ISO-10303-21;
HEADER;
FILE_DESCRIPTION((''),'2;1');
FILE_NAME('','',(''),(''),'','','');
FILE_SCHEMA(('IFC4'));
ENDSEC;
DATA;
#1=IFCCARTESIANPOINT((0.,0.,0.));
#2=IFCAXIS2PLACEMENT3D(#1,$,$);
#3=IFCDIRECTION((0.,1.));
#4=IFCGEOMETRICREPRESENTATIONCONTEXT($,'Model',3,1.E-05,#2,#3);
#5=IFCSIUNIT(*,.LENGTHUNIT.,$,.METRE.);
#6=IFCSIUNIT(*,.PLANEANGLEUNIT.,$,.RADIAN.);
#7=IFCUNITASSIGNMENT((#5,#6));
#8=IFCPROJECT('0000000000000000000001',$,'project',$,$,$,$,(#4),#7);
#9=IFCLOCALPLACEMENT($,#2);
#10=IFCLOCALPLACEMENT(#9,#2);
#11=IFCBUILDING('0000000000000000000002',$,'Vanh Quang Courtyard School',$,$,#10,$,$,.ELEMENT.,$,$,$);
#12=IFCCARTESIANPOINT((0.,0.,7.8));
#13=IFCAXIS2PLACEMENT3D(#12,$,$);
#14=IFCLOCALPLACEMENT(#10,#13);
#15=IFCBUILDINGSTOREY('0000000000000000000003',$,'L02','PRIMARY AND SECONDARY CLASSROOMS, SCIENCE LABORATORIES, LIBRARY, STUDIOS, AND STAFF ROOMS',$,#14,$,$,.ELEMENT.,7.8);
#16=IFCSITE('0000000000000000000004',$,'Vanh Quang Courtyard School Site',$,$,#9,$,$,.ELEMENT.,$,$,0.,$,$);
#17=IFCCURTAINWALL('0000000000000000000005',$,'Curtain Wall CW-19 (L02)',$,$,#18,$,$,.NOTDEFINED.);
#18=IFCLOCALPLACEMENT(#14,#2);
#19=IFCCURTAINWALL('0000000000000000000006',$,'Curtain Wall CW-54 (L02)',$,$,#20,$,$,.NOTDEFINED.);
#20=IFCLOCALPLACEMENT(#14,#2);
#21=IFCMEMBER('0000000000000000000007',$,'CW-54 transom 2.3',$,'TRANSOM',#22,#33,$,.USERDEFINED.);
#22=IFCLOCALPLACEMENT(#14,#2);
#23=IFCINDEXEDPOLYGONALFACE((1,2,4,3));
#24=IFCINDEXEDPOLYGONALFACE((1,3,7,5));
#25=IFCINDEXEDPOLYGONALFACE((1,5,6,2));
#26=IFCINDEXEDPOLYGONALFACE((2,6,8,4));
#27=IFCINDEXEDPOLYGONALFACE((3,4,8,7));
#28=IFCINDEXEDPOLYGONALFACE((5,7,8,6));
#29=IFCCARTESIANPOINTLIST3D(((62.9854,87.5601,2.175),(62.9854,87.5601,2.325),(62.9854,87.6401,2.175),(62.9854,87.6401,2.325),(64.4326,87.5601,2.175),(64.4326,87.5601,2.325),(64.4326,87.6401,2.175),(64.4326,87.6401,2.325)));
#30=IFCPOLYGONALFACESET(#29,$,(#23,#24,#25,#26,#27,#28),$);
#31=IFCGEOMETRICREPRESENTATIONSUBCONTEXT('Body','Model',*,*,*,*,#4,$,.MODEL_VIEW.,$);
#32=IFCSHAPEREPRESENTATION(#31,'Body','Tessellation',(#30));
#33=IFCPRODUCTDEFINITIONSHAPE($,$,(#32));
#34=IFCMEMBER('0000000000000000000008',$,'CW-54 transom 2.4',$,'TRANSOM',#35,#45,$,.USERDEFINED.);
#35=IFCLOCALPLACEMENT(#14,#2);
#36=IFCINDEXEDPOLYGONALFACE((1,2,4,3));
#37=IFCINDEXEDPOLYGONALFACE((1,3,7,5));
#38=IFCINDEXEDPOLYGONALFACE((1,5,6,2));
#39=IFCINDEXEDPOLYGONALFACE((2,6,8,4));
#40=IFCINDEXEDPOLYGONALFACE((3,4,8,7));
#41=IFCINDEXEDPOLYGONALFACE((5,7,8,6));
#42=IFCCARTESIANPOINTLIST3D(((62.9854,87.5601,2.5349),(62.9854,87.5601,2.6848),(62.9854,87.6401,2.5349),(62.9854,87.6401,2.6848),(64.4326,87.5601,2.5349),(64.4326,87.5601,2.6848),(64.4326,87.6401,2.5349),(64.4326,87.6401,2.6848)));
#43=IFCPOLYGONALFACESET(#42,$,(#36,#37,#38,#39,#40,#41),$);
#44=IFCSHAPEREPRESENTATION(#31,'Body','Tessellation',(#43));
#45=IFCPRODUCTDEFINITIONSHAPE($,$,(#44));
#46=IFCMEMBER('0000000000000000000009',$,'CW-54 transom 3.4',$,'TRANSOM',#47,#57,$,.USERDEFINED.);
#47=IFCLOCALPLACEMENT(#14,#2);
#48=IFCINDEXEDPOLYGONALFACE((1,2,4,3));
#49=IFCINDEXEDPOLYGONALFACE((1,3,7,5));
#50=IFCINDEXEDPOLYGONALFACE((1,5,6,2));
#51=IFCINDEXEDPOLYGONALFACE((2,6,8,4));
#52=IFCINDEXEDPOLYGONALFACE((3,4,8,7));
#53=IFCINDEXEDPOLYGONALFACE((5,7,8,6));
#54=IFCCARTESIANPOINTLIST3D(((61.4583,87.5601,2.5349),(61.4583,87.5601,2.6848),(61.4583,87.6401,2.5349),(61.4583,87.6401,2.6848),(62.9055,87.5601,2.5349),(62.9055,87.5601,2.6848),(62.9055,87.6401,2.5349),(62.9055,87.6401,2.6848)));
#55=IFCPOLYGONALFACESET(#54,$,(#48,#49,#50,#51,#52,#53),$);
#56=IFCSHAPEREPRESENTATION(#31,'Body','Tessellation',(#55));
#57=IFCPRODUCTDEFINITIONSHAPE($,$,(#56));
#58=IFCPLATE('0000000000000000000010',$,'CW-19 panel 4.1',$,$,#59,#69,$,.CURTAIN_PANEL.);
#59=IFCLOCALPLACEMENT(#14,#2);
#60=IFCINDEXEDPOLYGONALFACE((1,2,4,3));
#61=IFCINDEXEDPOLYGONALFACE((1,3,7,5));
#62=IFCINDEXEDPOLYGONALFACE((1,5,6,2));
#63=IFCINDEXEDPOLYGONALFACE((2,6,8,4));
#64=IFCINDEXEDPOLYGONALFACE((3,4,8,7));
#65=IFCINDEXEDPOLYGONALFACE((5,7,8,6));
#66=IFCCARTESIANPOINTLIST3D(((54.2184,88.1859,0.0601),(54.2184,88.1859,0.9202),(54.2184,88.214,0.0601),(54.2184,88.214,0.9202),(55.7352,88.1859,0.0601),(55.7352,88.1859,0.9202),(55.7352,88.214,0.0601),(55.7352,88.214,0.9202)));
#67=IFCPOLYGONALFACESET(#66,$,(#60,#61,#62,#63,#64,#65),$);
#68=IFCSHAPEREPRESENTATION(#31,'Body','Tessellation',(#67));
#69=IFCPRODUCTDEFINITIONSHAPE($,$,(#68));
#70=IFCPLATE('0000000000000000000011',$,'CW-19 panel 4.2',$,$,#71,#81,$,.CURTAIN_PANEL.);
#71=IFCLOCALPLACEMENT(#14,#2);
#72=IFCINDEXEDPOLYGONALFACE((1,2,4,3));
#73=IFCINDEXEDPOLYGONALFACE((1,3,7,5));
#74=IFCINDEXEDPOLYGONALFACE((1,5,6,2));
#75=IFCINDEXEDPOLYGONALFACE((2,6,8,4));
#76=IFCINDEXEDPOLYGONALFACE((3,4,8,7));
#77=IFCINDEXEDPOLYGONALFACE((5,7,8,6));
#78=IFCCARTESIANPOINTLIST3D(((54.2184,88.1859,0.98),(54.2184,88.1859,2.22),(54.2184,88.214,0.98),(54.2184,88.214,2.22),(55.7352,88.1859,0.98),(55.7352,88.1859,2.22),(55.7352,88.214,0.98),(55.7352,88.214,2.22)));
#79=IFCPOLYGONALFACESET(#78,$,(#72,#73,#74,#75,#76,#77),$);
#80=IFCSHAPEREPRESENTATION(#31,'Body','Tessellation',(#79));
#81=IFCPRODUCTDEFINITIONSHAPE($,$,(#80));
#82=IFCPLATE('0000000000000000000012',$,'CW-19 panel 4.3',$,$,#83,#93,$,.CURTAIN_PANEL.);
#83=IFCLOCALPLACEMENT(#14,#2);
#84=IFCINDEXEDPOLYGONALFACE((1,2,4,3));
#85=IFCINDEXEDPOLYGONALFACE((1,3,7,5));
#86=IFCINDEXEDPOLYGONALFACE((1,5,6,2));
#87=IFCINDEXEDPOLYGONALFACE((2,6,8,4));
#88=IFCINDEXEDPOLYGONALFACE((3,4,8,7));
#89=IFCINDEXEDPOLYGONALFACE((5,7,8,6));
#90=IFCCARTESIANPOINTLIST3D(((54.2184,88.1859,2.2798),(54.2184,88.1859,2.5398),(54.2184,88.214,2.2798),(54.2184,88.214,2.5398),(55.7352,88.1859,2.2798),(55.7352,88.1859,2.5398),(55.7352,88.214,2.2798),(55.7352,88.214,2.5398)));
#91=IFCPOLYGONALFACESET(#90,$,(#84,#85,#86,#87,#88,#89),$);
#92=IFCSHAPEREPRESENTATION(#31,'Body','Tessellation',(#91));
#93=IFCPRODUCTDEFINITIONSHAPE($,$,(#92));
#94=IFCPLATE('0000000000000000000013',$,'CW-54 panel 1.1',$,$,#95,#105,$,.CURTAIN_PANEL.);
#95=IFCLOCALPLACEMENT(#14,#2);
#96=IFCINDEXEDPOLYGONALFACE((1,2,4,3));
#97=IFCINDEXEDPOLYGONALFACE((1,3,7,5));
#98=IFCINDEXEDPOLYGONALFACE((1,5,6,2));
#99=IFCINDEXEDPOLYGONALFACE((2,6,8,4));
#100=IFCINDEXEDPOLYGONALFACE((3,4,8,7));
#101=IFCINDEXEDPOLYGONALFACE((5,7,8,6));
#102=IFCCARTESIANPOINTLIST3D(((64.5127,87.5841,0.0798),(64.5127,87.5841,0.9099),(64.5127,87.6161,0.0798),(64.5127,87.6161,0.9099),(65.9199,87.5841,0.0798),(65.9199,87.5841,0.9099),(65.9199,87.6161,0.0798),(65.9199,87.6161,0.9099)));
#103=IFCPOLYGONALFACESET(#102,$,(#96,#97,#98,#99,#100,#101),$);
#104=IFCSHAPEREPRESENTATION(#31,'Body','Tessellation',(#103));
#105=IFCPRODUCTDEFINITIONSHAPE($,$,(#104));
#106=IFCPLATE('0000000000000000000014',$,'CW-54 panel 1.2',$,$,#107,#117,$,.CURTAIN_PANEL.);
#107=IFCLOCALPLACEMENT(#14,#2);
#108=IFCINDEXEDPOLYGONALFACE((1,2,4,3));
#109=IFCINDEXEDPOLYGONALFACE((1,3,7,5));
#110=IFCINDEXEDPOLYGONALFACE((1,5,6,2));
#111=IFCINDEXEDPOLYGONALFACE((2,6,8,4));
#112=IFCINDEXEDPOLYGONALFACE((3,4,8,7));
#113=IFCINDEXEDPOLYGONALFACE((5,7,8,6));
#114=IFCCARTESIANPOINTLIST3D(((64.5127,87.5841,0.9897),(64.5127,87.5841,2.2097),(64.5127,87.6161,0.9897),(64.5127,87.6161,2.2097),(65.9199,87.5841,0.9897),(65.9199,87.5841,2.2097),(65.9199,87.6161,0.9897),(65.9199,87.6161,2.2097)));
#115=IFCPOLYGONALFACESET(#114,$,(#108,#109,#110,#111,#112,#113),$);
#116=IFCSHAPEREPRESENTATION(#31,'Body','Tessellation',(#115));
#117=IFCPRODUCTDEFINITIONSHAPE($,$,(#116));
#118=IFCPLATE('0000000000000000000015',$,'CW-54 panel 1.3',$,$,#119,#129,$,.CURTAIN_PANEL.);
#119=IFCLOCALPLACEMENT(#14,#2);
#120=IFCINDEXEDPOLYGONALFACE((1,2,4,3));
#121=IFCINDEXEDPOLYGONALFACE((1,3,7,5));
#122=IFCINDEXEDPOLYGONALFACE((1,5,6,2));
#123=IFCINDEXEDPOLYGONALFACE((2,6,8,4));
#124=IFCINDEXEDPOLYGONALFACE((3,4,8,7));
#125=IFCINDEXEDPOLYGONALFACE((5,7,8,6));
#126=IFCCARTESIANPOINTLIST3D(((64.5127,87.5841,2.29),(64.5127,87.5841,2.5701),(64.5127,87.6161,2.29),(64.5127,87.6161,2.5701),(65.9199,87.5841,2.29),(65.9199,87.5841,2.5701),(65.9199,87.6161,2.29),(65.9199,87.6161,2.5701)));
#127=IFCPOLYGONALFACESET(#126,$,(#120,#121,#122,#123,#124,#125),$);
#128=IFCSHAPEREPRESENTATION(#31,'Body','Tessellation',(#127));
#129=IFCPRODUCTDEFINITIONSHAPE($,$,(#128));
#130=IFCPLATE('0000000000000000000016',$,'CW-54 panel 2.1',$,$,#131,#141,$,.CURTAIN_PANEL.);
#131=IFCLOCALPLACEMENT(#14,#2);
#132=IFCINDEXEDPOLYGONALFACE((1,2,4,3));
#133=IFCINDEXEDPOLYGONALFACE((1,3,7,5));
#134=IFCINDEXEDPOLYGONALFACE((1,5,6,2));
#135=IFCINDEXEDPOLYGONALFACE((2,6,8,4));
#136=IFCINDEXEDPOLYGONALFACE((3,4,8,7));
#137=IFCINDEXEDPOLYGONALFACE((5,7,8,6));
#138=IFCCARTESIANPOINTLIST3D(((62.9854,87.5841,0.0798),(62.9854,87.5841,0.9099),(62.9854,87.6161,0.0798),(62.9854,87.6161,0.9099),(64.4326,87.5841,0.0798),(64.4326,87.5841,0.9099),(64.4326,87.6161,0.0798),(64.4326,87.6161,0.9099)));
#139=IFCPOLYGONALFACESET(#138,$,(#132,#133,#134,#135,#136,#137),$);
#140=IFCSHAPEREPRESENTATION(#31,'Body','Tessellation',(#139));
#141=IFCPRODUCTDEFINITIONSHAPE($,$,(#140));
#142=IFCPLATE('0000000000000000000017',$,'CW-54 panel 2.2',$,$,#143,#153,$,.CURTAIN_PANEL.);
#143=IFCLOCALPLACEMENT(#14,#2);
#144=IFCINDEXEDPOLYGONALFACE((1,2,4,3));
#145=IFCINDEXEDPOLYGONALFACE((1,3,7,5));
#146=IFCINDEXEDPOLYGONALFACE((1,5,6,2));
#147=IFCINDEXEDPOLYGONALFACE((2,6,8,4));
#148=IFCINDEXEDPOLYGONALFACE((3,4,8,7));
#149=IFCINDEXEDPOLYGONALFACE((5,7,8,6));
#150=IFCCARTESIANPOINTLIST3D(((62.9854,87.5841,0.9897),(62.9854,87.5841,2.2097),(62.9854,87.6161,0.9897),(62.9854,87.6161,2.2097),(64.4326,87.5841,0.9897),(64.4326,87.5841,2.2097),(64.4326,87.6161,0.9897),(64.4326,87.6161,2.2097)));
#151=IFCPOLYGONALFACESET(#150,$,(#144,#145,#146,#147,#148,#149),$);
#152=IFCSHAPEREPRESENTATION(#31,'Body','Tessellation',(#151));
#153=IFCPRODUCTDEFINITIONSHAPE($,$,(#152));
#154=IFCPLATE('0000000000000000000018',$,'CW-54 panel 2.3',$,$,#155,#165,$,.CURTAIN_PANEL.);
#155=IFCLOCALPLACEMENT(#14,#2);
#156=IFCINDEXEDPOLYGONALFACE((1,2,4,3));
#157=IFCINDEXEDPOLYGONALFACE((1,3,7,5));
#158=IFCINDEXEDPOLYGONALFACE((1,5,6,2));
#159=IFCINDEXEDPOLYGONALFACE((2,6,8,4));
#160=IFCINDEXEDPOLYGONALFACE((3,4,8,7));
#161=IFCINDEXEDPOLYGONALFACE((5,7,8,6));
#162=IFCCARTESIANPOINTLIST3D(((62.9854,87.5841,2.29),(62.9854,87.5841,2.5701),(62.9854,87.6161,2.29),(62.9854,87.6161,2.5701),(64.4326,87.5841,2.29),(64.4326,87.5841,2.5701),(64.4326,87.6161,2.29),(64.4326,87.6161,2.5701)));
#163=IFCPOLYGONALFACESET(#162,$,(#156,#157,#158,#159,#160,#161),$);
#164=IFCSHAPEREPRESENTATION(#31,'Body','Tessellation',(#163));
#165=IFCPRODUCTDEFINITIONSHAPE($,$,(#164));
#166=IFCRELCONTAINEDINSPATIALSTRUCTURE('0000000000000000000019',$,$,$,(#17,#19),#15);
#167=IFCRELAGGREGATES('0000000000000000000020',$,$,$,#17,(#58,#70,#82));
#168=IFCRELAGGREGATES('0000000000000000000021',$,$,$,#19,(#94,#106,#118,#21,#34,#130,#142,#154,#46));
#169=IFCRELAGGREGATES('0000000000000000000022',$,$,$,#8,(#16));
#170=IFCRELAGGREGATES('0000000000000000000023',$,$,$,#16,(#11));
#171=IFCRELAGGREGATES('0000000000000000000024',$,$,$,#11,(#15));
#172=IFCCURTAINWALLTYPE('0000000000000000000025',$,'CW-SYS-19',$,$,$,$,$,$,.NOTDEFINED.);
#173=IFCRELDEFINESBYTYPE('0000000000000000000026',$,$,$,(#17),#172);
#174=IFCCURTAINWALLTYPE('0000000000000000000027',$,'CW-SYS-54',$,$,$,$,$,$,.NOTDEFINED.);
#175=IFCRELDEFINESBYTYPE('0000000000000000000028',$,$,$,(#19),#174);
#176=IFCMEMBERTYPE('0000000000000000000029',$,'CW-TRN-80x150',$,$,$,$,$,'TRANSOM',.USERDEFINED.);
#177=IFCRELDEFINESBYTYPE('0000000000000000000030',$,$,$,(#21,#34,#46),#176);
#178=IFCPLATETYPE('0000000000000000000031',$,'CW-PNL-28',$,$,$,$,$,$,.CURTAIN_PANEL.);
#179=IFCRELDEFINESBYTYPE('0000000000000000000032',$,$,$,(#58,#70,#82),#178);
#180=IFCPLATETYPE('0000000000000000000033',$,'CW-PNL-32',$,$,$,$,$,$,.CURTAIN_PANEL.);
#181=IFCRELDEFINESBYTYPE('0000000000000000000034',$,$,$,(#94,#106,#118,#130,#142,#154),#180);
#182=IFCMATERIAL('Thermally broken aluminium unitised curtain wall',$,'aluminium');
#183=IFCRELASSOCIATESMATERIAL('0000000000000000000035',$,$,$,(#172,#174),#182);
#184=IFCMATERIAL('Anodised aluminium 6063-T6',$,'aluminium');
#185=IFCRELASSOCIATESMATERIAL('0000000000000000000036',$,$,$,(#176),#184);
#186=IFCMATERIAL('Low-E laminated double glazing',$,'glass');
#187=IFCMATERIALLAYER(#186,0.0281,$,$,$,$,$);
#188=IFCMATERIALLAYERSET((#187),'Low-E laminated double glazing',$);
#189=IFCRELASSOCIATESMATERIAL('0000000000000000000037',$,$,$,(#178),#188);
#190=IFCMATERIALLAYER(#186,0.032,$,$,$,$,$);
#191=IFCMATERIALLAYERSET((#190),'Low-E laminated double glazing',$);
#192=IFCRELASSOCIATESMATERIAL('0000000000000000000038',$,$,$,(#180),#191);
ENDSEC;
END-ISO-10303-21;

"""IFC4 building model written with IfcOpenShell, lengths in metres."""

from ifc_helpers import new_model, si_unit, direction, frame, origin, origin_2d, place, context, subcontext, project, spatial, rectangle, extrude, material, layer, layer_set, material_profile, profile_set, type_object, element, aggregate, save


model = new_model("IFC4")

# Units and contexts
model_context = context("Model", 3, precision=1e-05, world=origin(), true_north=direction((0.0, 1.0)))
body_context = subcontext(model_context, "Body", "Model", "MODEL_VIEW")
ifc_project = project(units=[si_unit("LENGTHUNIT", "METRE"), si_unit("PLANEANGLEUNIT", "RADIAN")], contexts=[model_context])

# Site, building, storey
site_placement = place(None, origin())
site = spatial("IfcSite", under=ifc_project, at=site_placement, Name="Vanh Quang Courtyard School Site", CompositionType="ELEMENT", RefElevation=0.0)
building_placement = place(site_placement, origin())
building = spatial("IfcBuilding", under=site, at=building_placement, Name="Vanh Quang Courtyard School", CompositionType="ELEMENT")
storey_placement = place(building_placement, frame((0.0, 0.0, 7.8)))
storey = spatial("IfcBuildingStorey", under=building, at=storey_placement, Name="L02", Description="PRIMARY AND SECONDARY CLASSROOMS, SCIENCE LABORATORIES, LIBRARY, STUDIOS, AND STAFF ROOMS", CompositionType="ELEMENT", Elevation=7.8)

# Curtain wall
ifc_material_1 = material(Name="Thermally broken aluminium unitised curtain wall", Category="aluminium")
curtain_wall_type_1 = type_object("IfcCurtainWallType", Name="CW-SYS-19", PredefinedType="NOTDEFINED", material=ifc_material_1)
curtain_wall_1_placement = place(storey_placement, origin())
curtain_wall_1 = element("IfcCurtainWall", 1, at=curtain_wall_1_placement, inside=storey, type_object=curtain_wall_type_1, Name="Curtain Wall CW-19 (L02)", PredefinedType="NOTDEFINED")
ifc_material_2 = material(Name="Anodised aluminium 6063-T6", Category="aluminium")

# Curtain wall
curtain_wall_type_2 = type_object("IfcCurtainWallType", Name="CW-SYS-54", PredefinedType="NOTDEFINED", material=ifc_material_1)
curtain_wall_2_placement = place(storey_placement, origin())
curtain_wall_2 = element("IfcCurtainWall", 2, at=curtain_wall_2_placement, inside=storey, type_object=curtain_wall_type_2, Name="Curtain Wall CW-54 (L02)", PredefinedType="NOTDEFINED")

# Members
ifc_material_profile_1 = material_profile(ifc_material_2, rectangle(XDim=0.0801, YDim=0.1499, at=origin_2d()), Name="ALU-TRN 80x150")
ifc_profile_set_1 = profile_set([ifc_material_profile_1], Name="Anodised aluminium 6063-T6")
member_type_1 = type_object("IfcMemberType", Name="CW-TRN-80x150", ElementType="TRANSOM", PredefinedType="USERDEFINED", material=ifc_profile_set_1)
member_1_placement = place(storey_placement, frame((64.4326, 87.6001, 2.25), z_axis=(-1.0, 0.0, 0.0), x_axis=(0.0, -1.0, 0.0)))
member_1 = element("IfcMember", 3, at=member_1_placement, type_object=member_type_1, Name="CW-54 transom 2.3", ObjectType="TRANSOM", PredefinedType="USERDEFINED", context=body_context, shape_type="SweptSolid", body=[
    extrude(rectangle(XDim=0.0801, YDim=0.1499, at=origin_2d()), origin(), (0.0, 0.0, 1.0), 1.4473),
])
member_2_placement = place(storey_placement, frame((64.4326, 87.6001, 2.6099), z_axis=(-1.0, 0.0, 0.0), x_axis=(0.0, -1.0, 0.0)))
member_2 = element("IfcMember", 4, at=member_2_placement, type_object=member_type_1, Name="CW-54 transom 2.4", ObjectType="TRANSOM", PredefinedType="USERDEFINED", context=body_context, shape_type="SweptSolid", body=[
    extrude(rectangle(XDim=0.0801, YDim=0.1499, at=origin_2d()), origin(), (0.0, 0.0, 1.0), 1.4473),
])
member_3_placement = place(storey_placement, frame((62.9055, 87.6001, 2.6099), z_axis=(-1.0, 0.0, 0.0), x_axis=(0.0, -1.0, 0.0)))
member_3 = element("IfcMember", 5, at=member_3_placement, type_object=member_type_1, Name="CW-54 transom 3.4", ObjectType="TRANSOM", PredefinedType="USERDEFINED", context=body_context, shape_type="SweptSolid", body=[
    extrude(rectangle(XDim=0.0801, YDim=0.1499, at=origin_2d()), origin(), (0.0, 0.0, 1.0), 1.4473),
])

# Plates
ifc_material_3 = material(Name="Low-E laminated double glazing", Category="glass")
ifc_layer_1 = layer(ifc_material_3, 0.0281)
ifc_layer_set_1 = layer_set([ifc_layer_1], Name="Low-E laminated double glazing")
plate_type_1 = type_object("IfcPlateType", Name="CW-PNL-28", PredefinedType="CURTAIN_PANEL", material=ifc_layer_set_1)
plate_1_placement = place(storey_placement, frame((54.9768, 88.2, 0.0601), z_axis=(0.0, 0.0, 1.0), x_axis=(1.0, 0.0, 0.0)))
plate_1 = element("IfcPlate", 6, at=plate_1_placement, type_object=plate_type_1, Name="CW-19 panel 4.1", PredefinedType="CURTAIN_PANEL", context=body_context, shape_type="SweptSolid", body=[
    extrude(rectangle(XDim=1.5168, YDim=0.0281, at=origin_2d()), origin(), (0.0, 0.0, 1.0), 0.8601),
])
plate_2_placement = place(storey_placement, frame((54.9768, 88.2, 0.98), z_axis=(0.0, 0.0, 1.0), x_axis=(1.0, 0.0, 0.0)))
plate_2 = element("IfcPlate", 7, at=plate_2_placement, type_object=plate_type_1, Name="CW-19 panel 4.2", PredefinedType="CURTAIN_PANEL", context=body_context, shape_type="SweptSolid", body=[
    extrude(rectangle(XDim=1.5168, YDim=0.0281, at=origin_2d()), origin(), (0.0, 0.0, 1.0), 1.24),
])
plate_3_placement = place(storey_placement, frame((54.9768, 88.2, 2.2798), z_axis=(0.0, 0.0, 1.0), x_axis=(1.0, 0.0, 0.0)))
plate_3 = element("IfcPlate", 8, at=plate_3_placement, type_object=plate_type_1, Name="CW-19 panel 4.3", PredefinedType="CURTAIN_PANEL", context=body_context, shape_type="SweptSolid", body=[
    extrude(rectangle(XDim=1.5168, YDim=0.0281, at=origin_2d()), origin(), (0.0, 0.0, 1.0), 0.26),
])
aggregate(curtain_wall_1, [plate_1, plate_2, plate_3])
ifc_layer_2 = layer(ifc_material_3, 0.032)
ifc_layer_set_2 = layer_set([ifc_layer_2], Name="Low-E laminated double glazing")
plate_type_2 = type_object("IfcPlateType", Name="CW-PNL-32", PredefinedType="CURTAIN_PANEL", material=ifc_layer_set_2)
plate_4_placement = place(storey_placement, frame((65.2163, 87.6001, 0.0798), z_axis=(0.0, 0.0, 1.0), x_axis=(-1.0, 0.0, 0.0)))
plate_4 = element("IfcPlate", 9, at=plate_4_placement, type_object=plate_type_2, Name="CW-54 panel 1.1", PredefinedType="CURTAIN_PANEL", context=body_context, shape_type="SweptSolid", body=[
    extrude(rectangle(XDim=1.4072, YDim=0.032, at=origin_2d()), origin(), (0.0, 0.0, 1.0), 0.8301),
])
plate_5_placement = place(storey_placement, frame((65.2163, 87.6001, 0.9897), z_axis=(0.0, 0.0, 1.0), x_axis=(-1.0, 0.0, 0.0)))
plate_5 = element("IfcPlate", 10, at=plate_5_placement, type_object=plate_type_2, Name="CW-54 panel 1.2", PredefinedType="CURTAIN_PANEL", context=body_context, shape_type="SweptSolid", body=[
    extrude(rectangle(XDim=1.4072, YDim=0.032, at=origin_2d()), origin(), (0.0, 0.0, 1.0), 1.22),
])
plate_6_placement = place(storey_placement, frame((65.2163, 87.6001, 2.29), z_axis=(0.0, 0.0, 1.0), x_axis=(-1.0, 0.0, 0.0)))
plate_6 = element("IfcPlate", 11, at=plate_6_placement, type_object=plate_type_2, Name="CW-54 panel 1.3", PredefinedType="CURTAIN_PANEL", context=body_context, shape_type="SweptSolid", body=[
    extrude(rectangle(XDim=1.4072, YDim=0.032, at=origin_2d()), origin(), (0.0, 0.0, 1.0), 0.28),
])
plate_7_placement = place(storey_placement, frame((63.709, 87.6001, 0.0798), z_axis=(0.0, 0.0, 1.0), x_axis=(-1.0, 0.0, 0.0)))
plate_7 = element("IfcPlate", 12, at=plate_7_placement, type_object=plate_type_2, Name="CW-54 panel 2.1", PredefinedType="CURTAIN_PANEL", context=body_context, shape_type="SweptSolid", body=[
    extrude(rectangle(XDim=1.4473, YDim=0.032, at=origin_2d()), origin(), (0.0, 0.0, 1.0), 0.8301),
])
plate_8_placement = place(storey_placement, frame((63.709, 87.6001, 0.9897), z_axis=(0.0, 0.0, 1.0), x_axis=(-1.0, 0.0, 0.0)))
plate_8 = element("IfcPlate", 13, at=plate_8_placement, type_object=plate_type_2, Name="CW-54 panel 2.2", PredefinedType="CURTAIN_PANEL", context=body_context, shape_type="SweptSolid", body=[
    extrude(rectangle(XDim=1.4473, YDim=0.032, at=origin_2d()), origin(), (0.0, 0.0, 1.0), 1.22),
])
plate_9_placement = place(storey_placement, frame((63.709, 87.6001, 2.29), z_axis=(0.0, 0.0, 1.0), x_axis=(-1.0, 0.0, 0.0)))
plate_9 = element("IfcPlate", 14, at=plate_9_placement, type_object=plate_type_2, Name="CW-54 panel 2.3", PredefinedType="CURTAIN_PANEL", context=body_context, shape_type="SweptSolid", body=[
    extrude(rectangle(XDim=1.4473, YDim=0.032, at=origin_2d()), origin(), (0.0, 0.0, 1.0), 0.28),
])
aggregate(curtain_wall_2, [plate_4, plate_5, plate_6, member_1, member_2, plate_7, plate_8, plate_9, member_3])

save(model, "model.ifc")
